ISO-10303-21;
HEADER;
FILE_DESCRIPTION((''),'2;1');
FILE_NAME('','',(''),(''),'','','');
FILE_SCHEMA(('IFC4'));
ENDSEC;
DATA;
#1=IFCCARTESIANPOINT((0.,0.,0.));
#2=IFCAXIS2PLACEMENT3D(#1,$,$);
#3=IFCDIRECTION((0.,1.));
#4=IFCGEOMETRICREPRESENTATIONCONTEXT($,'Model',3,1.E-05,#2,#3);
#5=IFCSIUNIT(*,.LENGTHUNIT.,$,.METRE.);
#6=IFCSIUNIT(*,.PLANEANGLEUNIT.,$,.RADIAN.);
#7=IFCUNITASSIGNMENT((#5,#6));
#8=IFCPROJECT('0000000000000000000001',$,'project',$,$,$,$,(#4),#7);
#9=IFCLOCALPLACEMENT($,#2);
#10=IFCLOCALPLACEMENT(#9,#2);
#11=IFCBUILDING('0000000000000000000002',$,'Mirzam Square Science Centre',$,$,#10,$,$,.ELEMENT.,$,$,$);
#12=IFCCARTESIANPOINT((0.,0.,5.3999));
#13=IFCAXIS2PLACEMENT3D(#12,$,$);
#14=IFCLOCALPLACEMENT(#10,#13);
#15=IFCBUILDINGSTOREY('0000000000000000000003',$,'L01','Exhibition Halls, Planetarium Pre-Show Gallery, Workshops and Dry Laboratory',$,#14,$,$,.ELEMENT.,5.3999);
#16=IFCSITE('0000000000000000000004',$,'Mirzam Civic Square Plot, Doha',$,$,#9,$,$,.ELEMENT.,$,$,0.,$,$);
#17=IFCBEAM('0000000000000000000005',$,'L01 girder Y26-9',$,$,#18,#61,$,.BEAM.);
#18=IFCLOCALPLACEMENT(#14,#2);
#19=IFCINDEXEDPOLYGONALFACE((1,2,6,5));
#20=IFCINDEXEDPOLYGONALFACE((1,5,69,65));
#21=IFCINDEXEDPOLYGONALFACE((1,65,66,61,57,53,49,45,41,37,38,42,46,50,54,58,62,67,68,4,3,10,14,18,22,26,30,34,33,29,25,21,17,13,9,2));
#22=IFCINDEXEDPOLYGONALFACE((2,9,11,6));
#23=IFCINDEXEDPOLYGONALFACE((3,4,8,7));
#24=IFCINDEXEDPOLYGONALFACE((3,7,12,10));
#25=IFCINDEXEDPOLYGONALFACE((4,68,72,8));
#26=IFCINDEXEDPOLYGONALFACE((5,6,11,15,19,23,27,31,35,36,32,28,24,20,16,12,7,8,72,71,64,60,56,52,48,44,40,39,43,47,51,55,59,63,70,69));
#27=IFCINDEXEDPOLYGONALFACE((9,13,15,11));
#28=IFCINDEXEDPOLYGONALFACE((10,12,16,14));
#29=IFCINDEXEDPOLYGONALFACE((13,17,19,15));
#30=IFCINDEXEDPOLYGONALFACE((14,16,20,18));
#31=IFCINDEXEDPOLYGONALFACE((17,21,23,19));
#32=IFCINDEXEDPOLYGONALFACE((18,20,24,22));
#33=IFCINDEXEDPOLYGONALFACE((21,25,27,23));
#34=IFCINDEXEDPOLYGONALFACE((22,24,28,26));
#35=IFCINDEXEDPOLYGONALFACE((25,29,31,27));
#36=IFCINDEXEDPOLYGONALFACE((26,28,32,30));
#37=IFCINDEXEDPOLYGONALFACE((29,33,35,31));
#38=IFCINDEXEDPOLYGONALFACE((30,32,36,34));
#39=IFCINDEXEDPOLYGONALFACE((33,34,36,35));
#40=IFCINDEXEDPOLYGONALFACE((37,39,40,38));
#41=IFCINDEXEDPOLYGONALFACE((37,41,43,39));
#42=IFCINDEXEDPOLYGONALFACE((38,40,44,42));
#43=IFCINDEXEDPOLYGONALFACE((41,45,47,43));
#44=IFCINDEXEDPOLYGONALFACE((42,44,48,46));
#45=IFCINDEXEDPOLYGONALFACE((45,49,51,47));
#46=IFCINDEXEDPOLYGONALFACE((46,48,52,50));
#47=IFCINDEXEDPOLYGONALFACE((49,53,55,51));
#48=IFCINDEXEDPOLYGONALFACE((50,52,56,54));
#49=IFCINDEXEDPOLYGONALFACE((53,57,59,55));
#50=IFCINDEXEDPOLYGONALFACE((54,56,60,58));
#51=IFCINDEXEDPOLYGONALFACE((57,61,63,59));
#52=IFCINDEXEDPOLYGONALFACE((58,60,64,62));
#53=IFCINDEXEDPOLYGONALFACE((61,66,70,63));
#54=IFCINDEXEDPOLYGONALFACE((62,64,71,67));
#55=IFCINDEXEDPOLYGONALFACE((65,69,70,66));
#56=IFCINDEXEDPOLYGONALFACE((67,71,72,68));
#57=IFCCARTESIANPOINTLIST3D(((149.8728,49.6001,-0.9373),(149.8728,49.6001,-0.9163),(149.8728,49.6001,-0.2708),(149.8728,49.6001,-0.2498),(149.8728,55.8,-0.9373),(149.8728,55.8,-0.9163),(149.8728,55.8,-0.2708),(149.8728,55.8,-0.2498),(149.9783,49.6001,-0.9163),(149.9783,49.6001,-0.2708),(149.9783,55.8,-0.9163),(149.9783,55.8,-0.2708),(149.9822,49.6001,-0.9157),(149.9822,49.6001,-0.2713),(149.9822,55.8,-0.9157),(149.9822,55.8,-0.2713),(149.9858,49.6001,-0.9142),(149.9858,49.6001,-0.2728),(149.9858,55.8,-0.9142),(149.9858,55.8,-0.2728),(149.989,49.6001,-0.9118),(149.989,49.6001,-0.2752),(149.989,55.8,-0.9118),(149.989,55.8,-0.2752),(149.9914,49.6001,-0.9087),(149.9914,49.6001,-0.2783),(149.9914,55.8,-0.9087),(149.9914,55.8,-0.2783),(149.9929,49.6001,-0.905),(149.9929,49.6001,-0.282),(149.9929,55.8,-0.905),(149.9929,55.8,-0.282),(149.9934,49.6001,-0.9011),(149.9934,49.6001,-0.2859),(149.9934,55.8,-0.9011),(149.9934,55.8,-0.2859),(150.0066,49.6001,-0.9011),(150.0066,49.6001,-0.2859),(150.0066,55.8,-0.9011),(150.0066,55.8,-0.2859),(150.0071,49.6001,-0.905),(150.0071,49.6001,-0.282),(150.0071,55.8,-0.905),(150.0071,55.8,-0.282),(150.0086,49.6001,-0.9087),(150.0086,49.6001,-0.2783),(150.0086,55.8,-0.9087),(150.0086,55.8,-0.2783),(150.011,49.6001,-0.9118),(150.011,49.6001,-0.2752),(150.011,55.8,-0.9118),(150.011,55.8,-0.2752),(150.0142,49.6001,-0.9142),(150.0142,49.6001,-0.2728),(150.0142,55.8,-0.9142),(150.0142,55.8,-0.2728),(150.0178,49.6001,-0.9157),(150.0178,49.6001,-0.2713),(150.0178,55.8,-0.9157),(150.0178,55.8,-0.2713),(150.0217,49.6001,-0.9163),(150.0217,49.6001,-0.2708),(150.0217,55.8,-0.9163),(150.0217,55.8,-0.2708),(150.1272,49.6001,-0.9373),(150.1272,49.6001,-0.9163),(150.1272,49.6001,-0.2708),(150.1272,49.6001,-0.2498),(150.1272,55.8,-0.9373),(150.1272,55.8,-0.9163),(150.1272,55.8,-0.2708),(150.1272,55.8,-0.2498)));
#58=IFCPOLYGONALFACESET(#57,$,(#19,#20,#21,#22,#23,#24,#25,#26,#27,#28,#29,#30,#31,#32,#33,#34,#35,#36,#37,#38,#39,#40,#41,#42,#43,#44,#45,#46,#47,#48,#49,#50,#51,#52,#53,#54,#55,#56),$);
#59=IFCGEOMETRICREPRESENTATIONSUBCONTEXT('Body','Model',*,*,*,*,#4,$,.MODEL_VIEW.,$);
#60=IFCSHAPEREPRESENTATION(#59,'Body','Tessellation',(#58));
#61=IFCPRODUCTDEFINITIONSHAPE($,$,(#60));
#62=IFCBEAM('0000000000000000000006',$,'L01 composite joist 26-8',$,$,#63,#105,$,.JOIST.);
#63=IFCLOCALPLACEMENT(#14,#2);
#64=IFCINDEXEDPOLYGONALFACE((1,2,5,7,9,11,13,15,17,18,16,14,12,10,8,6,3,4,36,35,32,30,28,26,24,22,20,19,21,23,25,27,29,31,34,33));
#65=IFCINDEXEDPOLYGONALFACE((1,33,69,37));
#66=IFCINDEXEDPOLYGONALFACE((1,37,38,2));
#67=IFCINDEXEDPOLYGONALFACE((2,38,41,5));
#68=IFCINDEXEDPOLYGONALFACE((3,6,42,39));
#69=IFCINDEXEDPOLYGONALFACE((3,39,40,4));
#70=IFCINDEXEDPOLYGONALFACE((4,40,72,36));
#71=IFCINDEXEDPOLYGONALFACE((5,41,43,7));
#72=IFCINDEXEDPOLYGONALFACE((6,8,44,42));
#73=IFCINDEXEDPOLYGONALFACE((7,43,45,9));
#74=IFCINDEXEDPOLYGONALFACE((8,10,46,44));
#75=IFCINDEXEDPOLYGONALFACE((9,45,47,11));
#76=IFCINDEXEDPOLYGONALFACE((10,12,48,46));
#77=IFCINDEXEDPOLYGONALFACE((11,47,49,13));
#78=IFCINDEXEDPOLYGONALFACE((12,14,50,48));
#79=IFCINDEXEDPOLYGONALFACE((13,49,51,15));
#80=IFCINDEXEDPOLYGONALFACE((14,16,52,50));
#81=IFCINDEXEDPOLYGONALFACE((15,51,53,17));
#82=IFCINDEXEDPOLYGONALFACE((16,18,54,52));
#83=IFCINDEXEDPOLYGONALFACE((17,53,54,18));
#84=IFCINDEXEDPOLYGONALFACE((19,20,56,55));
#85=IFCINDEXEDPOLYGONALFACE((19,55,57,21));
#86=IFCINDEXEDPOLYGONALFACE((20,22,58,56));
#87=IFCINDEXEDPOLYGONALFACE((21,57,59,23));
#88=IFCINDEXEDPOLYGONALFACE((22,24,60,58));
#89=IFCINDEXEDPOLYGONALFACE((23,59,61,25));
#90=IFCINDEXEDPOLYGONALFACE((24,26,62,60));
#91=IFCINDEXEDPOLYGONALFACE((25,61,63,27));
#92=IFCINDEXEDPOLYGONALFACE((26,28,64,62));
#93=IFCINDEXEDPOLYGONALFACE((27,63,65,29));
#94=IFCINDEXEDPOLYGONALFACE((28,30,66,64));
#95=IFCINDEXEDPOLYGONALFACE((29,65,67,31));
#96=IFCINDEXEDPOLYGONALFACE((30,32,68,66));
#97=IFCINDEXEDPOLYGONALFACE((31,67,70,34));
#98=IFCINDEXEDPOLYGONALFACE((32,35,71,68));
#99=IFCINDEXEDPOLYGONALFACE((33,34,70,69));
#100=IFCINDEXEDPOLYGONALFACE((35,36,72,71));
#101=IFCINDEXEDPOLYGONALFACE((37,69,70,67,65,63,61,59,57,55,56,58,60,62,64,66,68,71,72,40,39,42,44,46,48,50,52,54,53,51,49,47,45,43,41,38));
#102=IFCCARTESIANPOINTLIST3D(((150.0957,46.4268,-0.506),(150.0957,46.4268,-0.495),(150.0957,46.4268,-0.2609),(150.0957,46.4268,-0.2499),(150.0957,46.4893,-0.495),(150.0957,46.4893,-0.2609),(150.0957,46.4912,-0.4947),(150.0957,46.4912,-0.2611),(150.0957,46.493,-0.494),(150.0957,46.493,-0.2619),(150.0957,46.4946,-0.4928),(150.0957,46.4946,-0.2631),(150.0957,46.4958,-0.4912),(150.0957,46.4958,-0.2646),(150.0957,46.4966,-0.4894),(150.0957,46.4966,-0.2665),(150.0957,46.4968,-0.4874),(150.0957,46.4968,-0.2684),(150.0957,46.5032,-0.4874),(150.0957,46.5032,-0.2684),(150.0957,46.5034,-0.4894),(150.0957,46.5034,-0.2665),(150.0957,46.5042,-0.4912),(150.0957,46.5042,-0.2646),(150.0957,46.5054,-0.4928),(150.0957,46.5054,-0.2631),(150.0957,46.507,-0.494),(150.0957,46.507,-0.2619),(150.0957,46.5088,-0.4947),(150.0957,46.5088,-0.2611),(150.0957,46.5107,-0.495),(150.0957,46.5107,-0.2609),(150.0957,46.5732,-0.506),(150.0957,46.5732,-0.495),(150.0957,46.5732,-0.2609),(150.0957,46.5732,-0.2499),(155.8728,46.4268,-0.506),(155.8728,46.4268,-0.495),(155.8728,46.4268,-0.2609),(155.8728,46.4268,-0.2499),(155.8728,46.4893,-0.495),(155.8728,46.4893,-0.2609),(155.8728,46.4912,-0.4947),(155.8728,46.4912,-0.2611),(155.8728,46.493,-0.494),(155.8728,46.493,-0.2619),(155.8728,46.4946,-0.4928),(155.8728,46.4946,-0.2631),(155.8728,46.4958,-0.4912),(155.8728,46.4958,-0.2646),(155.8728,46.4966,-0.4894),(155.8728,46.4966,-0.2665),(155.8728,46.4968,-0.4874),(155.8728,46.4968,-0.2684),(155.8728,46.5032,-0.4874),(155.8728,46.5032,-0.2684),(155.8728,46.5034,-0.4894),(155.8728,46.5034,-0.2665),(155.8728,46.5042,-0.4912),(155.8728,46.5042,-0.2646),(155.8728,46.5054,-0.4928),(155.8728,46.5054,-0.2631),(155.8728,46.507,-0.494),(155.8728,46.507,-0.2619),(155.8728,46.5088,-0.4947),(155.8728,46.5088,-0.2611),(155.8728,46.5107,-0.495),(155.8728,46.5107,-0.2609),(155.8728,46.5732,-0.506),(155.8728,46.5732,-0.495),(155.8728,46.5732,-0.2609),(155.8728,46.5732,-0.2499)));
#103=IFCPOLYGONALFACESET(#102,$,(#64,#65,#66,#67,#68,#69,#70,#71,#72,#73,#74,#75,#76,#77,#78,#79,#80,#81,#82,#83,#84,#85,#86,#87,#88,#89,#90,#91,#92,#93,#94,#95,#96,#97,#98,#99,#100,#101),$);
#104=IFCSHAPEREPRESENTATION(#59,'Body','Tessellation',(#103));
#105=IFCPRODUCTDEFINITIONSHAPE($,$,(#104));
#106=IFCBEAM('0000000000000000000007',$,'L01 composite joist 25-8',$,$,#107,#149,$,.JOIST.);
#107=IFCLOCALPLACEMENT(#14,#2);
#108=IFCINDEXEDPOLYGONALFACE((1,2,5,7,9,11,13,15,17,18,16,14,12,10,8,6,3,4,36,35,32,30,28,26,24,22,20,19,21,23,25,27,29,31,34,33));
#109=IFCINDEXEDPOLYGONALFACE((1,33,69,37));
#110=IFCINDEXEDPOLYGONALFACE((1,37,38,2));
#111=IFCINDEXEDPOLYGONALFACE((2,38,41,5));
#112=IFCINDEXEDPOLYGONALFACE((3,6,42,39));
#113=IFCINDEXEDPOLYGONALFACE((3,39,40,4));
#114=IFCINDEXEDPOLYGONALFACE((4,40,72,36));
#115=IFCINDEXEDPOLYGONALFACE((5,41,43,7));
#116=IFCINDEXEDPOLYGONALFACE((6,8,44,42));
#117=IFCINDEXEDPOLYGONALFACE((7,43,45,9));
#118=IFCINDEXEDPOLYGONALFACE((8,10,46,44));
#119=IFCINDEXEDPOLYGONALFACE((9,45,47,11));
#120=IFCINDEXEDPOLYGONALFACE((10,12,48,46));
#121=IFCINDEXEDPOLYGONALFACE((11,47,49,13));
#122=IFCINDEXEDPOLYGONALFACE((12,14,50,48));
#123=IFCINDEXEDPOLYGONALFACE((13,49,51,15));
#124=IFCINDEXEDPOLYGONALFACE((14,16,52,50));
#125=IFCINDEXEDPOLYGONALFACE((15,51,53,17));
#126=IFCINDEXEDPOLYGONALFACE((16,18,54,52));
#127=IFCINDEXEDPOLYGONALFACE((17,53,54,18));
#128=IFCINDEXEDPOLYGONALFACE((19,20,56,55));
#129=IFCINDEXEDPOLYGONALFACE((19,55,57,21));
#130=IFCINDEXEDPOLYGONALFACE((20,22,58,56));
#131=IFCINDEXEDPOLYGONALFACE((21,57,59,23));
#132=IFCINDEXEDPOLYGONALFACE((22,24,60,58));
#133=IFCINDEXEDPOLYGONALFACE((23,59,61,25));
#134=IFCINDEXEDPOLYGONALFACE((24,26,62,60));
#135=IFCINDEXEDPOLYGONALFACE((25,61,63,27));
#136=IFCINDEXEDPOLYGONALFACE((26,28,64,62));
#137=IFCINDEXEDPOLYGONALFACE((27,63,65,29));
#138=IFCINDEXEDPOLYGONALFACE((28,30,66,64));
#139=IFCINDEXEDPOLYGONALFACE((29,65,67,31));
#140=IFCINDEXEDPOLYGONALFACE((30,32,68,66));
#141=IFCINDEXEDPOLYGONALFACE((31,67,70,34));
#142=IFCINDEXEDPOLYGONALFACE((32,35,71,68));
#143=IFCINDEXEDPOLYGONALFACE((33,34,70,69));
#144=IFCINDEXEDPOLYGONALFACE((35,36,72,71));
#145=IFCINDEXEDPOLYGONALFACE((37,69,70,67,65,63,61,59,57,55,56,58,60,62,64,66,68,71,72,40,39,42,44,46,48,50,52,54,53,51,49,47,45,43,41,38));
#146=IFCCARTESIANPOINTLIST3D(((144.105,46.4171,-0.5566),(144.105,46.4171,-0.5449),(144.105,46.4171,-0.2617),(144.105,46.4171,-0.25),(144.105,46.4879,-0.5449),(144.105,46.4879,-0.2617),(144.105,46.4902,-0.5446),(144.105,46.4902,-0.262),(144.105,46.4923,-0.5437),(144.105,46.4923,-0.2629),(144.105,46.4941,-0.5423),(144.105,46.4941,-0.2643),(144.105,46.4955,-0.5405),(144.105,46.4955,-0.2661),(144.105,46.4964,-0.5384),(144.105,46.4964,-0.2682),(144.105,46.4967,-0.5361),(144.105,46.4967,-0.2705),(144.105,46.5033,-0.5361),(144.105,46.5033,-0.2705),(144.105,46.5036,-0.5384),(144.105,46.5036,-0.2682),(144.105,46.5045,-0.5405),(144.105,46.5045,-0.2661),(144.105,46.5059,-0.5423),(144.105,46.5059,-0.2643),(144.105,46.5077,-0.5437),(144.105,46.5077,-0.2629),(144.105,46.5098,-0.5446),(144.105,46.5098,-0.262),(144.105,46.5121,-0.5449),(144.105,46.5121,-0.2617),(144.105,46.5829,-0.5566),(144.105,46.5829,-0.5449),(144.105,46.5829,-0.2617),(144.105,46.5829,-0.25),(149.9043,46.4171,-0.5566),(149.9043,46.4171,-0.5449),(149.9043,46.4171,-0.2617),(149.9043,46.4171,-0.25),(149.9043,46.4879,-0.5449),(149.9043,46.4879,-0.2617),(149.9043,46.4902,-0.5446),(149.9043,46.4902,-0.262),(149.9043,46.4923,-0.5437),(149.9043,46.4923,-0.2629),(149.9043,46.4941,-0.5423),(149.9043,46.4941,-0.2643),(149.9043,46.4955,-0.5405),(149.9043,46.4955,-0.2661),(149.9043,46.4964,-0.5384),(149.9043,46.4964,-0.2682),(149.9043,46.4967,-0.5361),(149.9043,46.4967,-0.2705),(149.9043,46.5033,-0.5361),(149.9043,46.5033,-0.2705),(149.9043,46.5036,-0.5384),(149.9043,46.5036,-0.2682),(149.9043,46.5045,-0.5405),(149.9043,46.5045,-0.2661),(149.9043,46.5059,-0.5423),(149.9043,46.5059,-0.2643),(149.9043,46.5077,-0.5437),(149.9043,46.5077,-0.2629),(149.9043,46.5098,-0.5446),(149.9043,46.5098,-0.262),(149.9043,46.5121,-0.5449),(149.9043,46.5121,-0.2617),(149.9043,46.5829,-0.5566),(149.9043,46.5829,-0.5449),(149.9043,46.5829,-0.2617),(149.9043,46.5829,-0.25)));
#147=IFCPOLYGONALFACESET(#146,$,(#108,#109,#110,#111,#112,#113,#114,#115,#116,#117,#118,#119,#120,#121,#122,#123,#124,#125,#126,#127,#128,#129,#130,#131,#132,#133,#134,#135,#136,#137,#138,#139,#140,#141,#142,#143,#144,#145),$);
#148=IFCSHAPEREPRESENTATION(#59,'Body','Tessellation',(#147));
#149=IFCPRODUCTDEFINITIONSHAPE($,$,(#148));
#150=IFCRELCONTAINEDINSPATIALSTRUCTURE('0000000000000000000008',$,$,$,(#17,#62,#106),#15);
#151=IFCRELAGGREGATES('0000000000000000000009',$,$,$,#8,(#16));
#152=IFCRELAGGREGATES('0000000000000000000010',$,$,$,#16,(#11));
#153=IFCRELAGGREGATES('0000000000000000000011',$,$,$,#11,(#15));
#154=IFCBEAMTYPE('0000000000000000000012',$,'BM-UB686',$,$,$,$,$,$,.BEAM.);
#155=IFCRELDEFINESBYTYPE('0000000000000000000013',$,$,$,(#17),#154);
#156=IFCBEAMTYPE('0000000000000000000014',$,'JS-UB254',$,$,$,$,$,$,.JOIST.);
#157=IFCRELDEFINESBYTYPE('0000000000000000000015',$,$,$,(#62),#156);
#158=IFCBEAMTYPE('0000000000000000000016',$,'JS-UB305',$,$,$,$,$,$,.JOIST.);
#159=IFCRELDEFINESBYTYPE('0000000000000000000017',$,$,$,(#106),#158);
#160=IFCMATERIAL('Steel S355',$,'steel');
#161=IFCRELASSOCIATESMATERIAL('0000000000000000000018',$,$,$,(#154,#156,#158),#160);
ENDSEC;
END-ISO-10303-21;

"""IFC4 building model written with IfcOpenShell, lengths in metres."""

from ifc_helpers import new_model, si_unit, direction, frame, origin, origin_2d, place, context, subcontext, project, spatial, i_section, extrude, material, material_profile, profile_set, type_object, element, save


model = new_model("IFC4")

# Units and contexts
model_context = context("Model", 3, precision=1e-05, world=origin(), true_north=direction((0.0, 1.0)))
body_context = subcontext(model_context, "Body", "Model", "MODEL_VIEW")
ifc_project = project(units=[si_unit("LENGTHUNIT", "METRE"), si_unit("PLANEANGLEUNIT", "RADIAN")], contexts=[model_context])

# Site, building, storey
site_placement = place(None, origin())
site = spatial("IfcSite", under=ifc_project, at=site_placement, Name="Mirzam Civic Square Plot, Doha", CompositionType="ELEMENT", RefElevation=0.0)
building_placement = place(site_placement, origin())
building = spatial("IfcBuilding", under=site, at=building_placement, Name="Mirzam Square Science Centre", CompositionType="ELEMENT")
storey_placement = place(building_placement, frame((0.0, 0.0, 5.3999)))
storey = spatial("IfcBuildingStorey", under=building, at=storey_placement, Name="L01", Description="Exhibition Halls, Planetarium Pre-Show Gallery, Workshops and Dry Laboratory", CompositionType="ELEMENT", Elevation=5.3999)

# Shared definitions
ifc_material_1 = material(Name="Steel S355", Category="steel")

# Beams
ifc_material_profile_1 = material_profile(ifc_material_1, i_section(OverallWidth=0.2544, OverallDepth=0.6875, WebThickness=0.0132, FlangeThickness=0.021, FilletRadius=0.0151, at=origin_2d()), Name="686x254x152UB")
ifc_profile_set_1 = profile_set([ifc_material_profile_1], Name="Steel S355")
beam_type_1 = type_object("IfcBeamType", Name="BM-UB686", PredefinedType="BEAM", material=ifc_profile_set_1)
beam_1_placement = place(storey_placement, frame((150.0, 49.6001, -0.5935), z_axis=(0.0, 1.0, 0.0), x_axis=(-1.0, 0.0, 0.0)))
element("IfcBeam", 1, at=beam_1_placement, inside=storey, type_object=beam_type_1, Name="L01 girder Y26-9", PredefinedType="BEAM", context=body_context, shape_type="SweptSolid", body=[
    extrude(i_section(OverallWidth=0.2544, OverallDepth=0.6875, WebThickness=0.0132, FlangeThickness=0.021, FilletRadius=0.0151, at=origin_2d()), origin(), (0.0, 0.0, 1.0), 6.2),
])
ifc_material_profile_2 = material_profile(ifc_material_1, i_section(OverallWidth=0.1465, OverallDepth=0.2561, WebThickness=0.0063, FlangeThickness=0.011, FilletRadius=0.0076, at=origin_2d()), Name="254x146x37UB")
ifc_profile_set_2 = profile_set([ifc_material_profile_2], Name="Steel S355")
beam_type_2 = type_object("IfcBeamType", Name="JS-UB254", PredefinedType="JOIST", material=ifc_profile_set_2)
beam_2_placement = place(storey_placement, frame((150.0957, 46.5, -0.3779), z_axis=(1.0, 0.0, 0.0), x_axis=(0.0, 1.0, 0.0)))
element("IfcBeam", 2, at=beam_2_placement, inside=storey, type_object=beam_type_2, Name="L01 composite joist 26-8", PredefinedType="JOIST", context=body_context, shape_type="SweptSolid", body=[
    extrude(i_section(OverallWidth=0.1465, OverallDepth=0.2561, WebThickness=0.0063, FlangeThickness=0.011, FilletRadius=0.0076, at=origin_2d()), origin(), (0.0, 0.0, 1.0), 5.7771),
])
ifc_material_profile_3 = material_profile(ifc_material_1, i_section(OverallWidth=0.1658, OverallDepth=0.3066, WebThickness=0.0066, FlangeThickness=0.0117, FilletRadius=0.0088, at=origin_2d()), Name="305x165x46UB")
ifc_profile_set_3 = profile_set([ifc_material_profile_3], Name="Steel S355")
beam_type_3 = type_object("IfcBeamType", Name="JS-UB305", PredefinedType="JOIST", material=ifc_profile_set_3)
beam_3_placement = place(storey_placement, frame((144.105, 46.5, -0.4033), z_axis=(1.0, 0.0, 0.0), x_axis=(0.0, 1.0, 0.0)))
element("IfcBeam", 3, at=beam_3_placement, inside=storey, type_object=beam_type_3, Name="L01 composite joist 25-8", PredefinedType="JOIST", context=body_context, shape_type="SweptSolid", body=[
    extrude(i_section(OverallWidth=0.1658, OverallDepth=0.3066, WebThickness=0.0066, FlangeThickness=0.0117, FilletRadius=0.0088, at=origin_2d()), origin(), (0.0, 0.0, 1.0), 5.7993),
])

save(model, "model.ifc")
